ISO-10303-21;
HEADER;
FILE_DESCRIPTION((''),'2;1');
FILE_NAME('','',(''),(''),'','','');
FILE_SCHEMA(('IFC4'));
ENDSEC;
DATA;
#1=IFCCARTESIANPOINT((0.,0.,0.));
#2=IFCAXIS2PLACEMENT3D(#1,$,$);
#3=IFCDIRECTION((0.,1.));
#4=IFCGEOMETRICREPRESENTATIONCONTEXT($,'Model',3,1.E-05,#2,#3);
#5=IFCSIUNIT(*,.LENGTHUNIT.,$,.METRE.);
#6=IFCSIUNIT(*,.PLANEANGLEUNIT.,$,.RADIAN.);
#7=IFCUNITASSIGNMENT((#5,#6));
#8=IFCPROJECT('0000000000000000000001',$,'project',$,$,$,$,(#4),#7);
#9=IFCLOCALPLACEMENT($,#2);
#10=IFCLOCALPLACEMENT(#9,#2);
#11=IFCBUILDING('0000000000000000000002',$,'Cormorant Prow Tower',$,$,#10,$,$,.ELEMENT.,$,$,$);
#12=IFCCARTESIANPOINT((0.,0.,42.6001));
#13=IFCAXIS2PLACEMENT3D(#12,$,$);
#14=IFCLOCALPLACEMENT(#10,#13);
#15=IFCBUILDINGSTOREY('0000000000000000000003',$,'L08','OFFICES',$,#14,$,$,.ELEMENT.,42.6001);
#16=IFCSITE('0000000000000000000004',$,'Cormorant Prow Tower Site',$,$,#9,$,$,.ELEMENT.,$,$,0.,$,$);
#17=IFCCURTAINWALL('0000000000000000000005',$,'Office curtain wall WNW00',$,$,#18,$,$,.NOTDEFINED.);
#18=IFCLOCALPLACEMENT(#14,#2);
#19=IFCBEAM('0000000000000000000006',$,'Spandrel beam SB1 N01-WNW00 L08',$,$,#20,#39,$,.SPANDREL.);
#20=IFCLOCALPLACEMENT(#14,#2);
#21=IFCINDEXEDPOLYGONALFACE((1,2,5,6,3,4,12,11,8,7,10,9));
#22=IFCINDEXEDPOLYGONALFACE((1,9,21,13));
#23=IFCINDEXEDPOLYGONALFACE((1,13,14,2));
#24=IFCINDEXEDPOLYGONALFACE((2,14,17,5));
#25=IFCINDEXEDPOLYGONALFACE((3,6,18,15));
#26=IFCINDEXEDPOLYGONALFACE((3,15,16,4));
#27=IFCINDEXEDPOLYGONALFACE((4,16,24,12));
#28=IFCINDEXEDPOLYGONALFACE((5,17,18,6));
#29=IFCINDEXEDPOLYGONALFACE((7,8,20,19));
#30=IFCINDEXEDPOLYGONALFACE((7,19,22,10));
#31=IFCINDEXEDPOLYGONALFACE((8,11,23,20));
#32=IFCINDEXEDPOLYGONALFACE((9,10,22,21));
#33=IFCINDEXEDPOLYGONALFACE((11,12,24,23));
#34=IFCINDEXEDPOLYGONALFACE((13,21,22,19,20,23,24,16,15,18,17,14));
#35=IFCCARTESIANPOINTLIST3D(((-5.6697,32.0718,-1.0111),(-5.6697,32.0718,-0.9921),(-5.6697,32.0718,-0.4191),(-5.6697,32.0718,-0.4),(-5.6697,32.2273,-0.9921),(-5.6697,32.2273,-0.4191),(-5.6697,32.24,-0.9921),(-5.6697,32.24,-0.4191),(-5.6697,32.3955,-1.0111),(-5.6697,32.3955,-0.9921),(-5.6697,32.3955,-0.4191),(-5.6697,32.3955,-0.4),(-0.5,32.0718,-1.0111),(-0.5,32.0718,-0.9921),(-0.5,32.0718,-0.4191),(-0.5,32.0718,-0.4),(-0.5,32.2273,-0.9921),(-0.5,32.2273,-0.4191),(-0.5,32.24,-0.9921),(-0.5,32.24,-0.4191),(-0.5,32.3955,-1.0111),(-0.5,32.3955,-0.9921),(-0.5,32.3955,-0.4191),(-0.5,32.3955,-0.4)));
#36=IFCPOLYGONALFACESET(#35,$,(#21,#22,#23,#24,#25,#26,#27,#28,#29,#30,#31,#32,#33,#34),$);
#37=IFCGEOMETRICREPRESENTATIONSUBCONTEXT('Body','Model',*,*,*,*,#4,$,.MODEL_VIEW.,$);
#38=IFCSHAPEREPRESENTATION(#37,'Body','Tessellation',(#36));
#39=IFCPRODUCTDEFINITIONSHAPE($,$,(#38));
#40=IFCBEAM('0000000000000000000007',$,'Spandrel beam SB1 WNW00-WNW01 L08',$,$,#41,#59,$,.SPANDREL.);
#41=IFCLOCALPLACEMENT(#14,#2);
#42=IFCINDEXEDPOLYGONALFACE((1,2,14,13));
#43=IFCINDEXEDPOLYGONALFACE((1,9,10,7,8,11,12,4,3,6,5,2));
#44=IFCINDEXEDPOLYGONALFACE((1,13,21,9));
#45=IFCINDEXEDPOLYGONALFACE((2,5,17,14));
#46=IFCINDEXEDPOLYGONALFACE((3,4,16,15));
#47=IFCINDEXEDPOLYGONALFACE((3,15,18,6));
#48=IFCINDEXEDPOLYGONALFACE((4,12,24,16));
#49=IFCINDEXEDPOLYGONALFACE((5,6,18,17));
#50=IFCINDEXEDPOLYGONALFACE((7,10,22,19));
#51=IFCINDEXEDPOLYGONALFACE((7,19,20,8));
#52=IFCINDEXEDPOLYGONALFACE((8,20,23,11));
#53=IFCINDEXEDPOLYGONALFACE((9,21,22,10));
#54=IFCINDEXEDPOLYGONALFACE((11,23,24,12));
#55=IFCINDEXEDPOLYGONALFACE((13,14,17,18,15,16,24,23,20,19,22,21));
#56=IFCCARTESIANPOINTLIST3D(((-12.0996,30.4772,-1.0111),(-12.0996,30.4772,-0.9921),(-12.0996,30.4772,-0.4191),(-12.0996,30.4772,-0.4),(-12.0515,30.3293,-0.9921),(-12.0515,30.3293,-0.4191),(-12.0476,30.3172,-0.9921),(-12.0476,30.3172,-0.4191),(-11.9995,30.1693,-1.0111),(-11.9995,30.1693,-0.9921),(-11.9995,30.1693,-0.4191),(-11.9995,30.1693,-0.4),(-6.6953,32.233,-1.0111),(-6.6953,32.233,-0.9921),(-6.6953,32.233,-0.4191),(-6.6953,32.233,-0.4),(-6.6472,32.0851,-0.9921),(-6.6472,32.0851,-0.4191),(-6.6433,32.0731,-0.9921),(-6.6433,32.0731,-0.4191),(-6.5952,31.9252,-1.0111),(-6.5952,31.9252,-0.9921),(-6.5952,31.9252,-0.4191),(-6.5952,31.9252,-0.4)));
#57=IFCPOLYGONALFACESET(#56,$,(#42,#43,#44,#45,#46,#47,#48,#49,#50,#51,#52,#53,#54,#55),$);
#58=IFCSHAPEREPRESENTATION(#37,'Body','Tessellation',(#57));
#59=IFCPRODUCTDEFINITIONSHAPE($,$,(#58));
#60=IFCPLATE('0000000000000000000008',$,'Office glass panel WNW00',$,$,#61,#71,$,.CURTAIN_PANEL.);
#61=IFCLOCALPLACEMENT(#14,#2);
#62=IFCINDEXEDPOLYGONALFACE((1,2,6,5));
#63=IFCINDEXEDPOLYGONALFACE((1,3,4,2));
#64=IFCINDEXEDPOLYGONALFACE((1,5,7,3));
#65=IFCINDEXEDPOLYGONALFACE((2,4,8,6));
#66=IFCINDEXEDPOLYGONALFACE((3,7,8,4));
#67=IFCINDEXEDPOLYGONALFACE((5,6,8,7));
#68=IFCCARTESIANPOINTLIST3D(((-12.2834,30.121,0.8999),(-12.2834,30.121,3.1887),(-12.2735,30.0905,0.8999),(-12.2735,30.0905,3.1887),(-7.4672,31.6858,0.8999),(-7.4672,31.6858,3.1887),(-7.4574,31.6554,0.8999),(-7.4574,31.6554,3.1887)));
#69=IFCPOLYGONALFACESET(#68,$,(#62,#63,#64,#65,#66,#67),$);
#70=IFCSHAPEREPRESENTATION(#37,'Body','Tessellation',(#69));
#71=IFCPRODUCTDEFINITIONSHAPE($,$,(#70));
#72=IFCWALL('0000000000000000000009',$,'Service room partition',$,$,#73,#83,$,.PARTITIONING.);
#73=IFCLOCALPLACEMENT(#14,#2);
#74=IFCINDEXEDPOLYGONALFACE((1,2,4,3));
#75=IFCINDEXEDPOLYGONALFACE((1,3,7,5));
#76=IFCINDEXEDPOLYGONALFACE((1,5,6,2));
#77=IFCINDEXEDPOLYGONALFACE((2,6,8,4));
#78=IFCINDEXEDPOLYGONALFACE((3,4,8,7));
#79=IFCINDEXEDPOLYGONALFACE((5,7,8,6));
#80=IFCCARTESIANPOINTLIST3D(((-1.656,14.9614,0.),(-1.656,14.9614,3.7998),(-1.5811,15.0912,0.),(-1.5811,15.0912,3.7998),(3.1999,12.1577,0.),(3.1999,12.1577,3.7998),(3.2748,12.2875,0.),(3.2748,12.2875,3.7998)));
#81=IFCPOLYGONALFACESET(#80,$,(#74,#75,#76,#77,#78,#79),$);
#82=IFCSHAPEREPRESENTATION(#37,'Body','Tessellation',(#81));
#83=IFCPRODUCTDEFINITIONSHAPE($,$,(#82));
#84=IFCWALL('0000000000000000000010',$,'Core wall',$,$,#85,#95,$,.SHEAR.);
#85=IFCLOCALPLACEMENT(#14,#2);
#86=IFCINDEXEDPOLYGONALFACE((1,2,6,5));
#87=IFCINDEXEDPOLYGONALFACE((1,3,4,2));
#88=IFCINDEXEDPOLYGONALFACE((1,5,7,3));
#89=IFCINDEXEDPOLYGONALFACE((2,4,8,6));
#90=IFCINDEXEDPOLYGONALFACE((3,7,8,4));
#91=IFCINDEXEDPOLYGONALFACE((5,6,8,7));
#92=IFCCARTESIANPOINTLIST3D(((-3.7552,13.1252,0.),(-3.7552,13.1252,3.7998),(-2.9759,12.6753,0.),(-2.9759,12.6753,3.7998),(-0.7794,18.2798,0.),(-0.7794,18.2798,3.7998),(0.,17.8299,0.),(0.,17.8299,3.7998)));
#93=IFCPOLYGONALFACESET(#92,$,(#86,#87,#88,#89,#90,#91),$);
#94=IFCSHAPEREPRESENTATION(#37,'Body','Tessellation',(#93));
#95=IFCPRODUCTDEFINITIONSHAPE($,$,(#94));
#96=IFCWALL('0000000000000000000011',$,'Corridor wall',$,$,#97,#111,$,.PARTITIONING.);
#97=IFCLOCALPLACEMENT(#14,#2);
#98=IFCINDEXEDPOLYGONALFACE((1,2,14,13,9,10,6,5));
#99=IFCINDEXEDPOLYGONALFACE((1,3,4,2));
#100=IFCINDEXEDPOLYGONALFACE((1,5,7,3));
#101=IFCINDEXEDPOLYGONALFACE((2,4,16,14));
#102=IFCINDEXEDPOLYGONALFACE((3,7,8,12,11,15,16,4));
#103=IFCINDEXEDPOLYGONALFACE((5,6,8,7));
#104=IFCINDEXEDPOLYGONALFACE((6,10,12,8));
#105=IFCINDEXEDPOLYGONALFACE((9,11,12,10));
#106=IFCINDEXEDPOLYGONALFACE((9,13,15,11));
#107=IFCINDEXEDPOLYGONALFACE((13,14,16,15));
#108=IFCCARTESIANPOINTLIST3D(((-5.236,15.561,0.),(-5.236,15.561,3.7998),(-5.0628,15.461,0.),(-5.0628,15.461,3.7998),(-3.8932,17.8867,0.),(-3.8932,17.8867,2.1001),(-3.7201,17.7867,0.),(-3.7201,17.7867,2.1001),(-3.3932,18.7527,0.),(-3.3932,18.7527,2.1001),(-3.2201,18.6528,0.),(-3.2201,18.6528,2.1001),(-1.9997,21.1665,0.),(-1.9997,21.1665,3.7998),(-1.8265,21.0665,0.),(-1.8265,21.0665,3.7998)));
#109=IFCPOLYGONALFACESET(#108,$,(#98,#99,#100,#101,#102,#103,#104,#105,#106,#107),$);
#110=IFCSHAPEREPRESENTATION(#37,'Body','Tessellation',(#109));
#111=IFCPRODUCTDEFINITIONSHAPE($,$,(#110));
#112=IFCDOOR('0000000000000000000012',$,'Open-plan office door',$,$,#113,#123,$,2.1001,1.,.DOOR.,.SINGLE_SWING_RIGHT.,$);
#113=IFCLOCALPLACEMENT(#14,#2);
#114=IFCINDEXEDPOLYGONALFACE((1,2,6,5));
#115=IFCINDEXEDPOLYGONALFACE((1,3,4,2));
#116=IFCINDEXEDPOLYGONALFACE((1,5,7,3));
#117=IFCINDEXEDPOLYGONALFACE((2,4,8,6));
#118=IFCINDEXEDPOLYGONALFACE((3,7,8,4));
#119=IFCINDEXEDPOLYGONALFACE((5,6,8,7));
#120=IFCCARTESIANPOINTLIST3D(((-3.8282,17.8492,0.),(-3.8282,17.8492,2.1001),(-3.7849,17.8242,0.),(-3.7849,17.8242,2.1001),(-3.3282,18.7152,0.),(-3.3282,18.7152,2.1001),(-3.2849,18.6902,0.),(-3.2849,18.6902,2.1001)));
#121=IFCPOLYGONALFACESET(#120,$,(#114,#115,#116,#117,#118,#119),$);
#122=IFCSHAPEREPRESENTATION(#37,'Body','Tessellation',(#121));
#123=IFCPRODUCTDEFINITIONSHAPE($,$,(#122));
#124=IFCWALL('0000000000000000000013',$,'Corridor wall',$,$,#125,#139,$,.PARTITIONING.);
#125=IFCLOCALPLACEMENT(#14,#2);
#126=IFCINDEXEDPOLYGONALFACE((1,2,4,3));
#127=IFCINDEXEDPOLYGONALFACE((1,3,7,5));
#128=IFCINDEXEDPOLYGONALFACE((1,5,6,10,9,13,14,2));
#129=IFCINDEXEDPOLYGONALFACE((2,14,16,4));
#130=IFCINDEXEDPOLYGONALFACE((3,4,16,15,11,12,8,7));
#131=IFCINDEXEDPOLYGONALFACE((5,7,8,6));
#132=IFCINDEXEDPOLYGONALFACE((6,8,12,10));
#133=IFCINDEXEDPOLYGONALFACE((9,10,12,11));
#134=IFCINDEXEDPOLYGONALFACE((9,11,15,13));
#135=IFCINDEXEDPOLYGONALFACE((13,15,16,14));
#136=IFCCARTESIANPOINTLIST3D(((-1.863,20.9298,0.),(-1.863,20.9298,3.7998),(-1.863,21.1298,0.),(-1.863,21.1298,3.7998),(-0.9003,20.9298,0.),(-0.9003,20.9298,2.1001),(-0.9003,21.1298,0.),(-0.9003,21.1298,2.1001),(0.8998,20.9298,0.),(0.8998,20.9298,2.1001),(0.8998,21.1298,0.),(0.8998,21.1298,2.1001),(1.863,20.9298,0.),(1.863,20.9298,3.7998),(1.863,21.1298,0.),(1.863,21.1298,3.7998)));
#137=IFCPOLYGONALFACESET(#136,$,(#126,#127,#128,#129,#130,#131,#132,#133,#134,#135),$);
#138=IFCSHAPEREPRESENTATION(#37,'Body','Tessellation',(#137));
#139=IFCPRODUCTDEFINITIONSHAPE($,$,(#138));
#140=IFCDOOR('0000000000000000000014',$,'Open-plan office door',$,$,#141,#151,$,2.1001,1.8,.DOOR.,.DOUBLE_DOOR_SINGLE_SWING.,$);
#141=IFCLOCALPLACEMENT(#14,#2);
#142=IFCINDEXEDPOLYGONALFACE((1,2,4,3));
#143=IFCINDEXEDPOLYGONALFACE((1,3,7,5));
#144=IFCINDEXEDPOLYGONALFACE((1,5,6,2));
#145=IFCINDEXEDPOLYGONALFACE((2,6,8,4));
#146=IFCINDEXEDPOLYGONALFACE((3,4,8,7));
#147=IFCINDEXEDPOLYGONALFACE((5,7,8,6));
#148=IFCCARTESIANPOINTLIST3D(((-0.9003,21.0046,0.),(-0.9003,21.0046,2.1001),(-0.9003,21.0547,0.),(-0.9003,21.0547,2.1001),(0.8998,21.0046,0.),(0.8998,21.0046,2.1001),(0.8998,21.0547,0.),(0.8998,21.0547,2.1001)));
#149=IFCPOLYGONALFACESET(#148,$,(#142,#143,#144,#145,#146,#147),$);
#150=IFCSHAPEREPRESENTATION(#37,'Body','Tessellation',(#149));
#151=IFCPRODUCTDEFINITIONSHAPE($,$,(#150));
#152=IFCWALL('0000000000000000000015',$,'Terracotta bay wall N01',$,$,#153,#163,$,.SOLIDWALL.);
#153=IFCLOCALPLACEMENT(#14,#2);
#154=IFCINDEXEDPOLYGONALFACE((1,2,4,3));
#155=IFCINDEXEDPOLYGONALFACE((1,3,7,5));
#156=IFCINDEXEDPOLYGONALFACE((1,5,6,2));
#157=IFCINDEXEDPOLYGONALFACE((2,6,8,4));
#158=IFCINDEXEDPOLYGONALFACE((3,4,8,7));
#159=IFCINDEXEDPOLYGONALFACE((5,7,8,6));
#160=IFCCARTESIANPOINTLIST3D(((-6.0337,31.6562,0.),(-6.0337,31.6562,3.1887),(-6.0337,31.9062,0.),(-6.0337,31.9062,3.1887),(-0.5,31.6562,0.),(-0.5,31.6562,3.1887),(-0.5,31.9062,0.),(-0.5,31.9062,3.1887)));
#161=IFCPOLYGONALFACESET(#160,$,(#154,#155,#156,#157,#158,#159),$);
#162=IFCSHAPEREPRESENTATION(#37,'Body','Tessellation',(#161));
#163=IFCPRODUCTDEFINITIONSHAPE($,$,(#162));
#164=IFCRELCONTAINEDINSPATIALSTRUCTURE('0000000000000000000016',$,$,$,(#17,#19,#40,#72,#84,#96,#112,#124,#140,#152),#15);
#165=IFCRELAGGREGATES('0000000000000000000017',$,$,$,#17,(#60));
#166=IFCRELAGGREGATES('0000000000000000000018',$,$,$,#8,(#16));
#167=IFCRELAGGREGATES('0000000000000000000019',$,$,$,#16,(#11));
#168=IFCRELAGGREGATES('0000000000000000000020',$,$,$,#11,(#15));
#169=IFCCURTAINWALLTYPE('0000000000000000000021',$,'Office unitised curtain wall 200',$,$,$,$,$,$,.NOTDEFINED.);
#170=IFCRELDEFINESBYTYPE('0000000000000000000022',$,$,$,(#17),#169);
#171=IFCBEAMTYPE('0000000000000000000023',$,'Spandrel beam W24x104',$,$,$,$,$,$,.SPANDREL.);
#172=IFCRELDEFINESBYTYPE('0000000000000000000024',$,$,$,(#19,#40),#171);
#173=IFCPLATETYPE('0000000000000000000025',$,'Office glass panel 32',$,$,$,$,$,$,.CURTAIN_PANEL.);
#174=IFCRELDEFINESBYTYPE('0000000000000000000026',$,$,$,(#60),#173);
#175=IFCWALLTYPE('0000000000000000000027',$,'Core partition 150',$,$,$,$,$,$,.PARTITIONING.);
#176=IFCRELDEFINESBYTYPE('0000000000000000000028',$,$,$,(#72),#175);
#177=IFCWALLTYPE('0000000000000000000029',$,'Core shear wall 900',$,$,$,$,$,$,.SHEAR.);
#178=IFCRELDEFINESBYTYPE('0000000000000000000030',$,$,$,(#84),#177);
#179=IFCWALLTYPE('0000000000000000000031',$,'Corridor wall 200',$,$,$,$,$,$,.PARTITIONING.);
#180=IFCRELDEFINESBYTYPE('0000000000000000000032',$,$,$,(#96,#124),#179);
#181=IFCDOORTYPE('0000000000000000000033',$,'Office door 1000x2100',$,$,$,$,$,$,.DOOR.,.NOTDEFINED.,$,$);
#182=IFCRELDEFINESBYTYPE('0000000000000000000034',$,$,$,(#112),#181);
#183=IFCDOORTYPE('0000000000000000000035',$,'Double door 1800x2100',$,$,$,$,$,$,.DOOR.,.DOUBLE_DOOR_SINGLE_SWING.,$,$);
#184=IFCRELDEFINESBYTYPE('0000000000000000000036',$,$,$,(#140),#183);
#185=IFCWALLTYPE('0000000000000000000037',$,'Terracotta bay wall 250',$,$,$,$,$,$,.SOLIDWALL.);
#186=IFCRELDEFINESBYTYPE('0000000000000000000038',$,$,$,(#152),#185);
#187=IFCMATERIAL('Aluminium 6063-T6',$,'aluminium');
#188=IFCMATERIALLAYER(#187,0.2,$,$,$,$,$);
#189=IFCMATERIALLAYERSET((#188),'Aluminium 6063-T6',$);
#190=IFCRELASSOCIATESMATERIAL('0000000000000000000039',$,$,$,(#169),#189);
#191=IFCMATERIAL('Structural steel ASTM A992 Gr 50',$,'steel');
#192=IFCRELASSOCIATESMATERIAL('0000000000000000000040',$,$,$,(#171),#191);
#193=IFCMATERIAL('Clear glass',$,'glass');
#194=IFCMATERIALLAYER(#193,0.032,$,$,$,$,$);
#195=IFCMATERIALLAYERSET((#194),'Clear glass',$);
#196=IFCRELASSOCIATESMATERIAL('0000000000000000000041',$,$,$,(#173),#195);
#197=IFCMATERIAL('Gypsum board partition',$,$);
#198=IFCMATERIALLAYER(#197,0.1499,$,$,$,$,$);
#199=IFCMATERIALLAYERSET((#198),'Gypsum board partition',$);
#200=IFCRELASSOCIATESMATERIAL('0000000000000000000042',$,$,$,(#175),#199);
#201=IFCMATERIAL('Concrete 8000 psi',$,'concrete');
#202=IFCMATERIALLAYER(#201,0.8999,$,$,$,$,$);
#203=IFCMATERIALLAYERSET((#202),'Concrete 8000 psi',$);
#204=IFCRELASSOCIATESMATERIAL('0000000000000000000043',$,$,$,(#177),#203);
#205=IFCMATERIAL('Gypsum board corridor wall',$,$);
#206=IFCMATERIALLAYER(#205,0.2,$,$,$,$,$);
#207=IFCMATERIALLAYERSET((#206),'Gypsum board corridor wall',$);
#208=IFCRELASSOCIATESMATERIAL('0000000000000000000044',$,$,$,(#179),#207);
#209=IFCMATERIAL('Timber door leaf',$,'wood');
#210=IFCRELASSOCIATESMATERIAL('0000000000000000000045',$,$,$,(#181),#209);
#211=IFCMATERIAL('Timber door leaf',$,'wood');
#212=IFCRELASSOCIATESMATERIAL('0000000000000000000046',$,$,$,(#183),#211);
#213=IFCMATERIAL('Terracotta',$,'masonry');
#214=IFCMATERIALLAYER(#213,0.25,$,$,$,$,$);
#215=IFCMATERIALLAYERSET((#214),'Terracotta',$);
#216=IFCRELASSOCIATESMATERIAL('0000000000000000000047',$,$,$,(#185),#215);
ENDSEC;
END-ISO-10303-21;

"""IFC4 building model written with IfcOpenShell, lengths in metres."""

from ifc_helpers import new_model, si_unit, direction, frame, frame_2d, origin, origin_2d, place, context, subcontext, project, spatial, rectangle, i_section, extrude, material, layer, layer_set, material_profile, profile_set, type_object, element, fill, aggregate, save


model = new_model("IFC4")

# Units and contexts
model_context = context("Model", 3, precision=1e-05, world=origin(), true_north=direction((0.0, 1.0)))
body_context = subcontext(model_context, "Body", "Model", "MODEL_VIEW")
ifc_project = project(units=[si_unit("LENGTHUNIT", "METRE"), si_unit("PLANEANGLEUNIT", "RADIAN")], contexts=[model_context])

# Site, building, storey
site_placement = place(None, origin())
site = spatial("IfcSite", under=ifc_project, at=site_placement, Name="Cormorant Prow Tower Site", CompositionType="ELEMENT", RefElevation=0.0)
building_placement = place(site_placement, origin())
building = spatial("IfcBuilding", under=site, at=building_placement, Name="Cormorant Prow Tower", CompositionType="ELEMENT")
storey_placement = place(building_placement, frame((0.0, 0.0, 42.6001)))
storey = spatial("IfcBuildingStorey", under=building, at=storey_placement, Name="L08", Description="OFFICES", CompositionType="ELEMENT", Elevation=42.6001)

# Curtain wall
ifc_material_1 = material(Name="Aluminium 6063-T6", Category="aluminium")
ifc_layer_1 = layer(ifc_material_1, 0.2)
ifc_layer_set_1 = layer_set([ifc_layer_1], Name="Aluminium 6063-T6")
curtain_wall_type = type_object("IfcCurtainWallType", Name="Office unitised curtain wall 200", PredefinedType="NOTDEFINED", material=ifc_layer_set_1)
curtain_wall_placement = place(storey_placement, origin())
curtain_wall = element("IfcCurtainWall", 1, at=curtain_wall_placement, inside=storey, type_object=curtain_wall_type, Name="Office curtain wall WNW00", PredefinedType="NOTDEFINED")

# Beams
ifc_material_2 = material(Name="Structural steel ASTM A992 Gr 50", Category="steel")
ifc_material_profile_1 = material_profile(ifc_material_2, i_section(OverallWidth=0.3237, OverallDepth=0.6111, WebThickness=0.0127, FlangeThickness=0.019, at=origin_2d()), Name="W24x104")
ifc_profile_set_1 = profile_set([ifc_material_profile_1], Name="Structural steel ASTM A992 Gr 50")
beam_type_1 = type_object("IfcBeamType", Name="Spandrel beam W24x104", PredefinedType="SPANDREL", material=ifc_profile_set_1)
beam_1_placement = place(storey_placement, frame((-0.5, 32.2336, -0.7056), z_axis=(-1.0, 0.0, 0.0), x_axis=(0.0, -1.0, 0.0)))
element("IfcBeam", 2, at=beam_1_placement, inside=storey, type_object=beam_type_1, Name="Spandrel beam SB1 N01-WNW00 L08", PredefinedType="SPANDREL", context=body_context, shape_type="SweptSolid", body=[
    extrude(i_section(OverallWidth=0.3237, OverallDepth=0.6111, WebThickness=0.0127, FlangeThickness=0.019, at=origin_2d()), origin(), (0.0, 0.0, 1.0), 5.1697),
])
beam_2_placement = place(storey_placement, frame((-6.6453, 32.0791, -0.7056), z_axis=(-0.951062, -0.309001, 0.0), x_axis=(0.309001, -0.951062, 0.0)))
element("IfcBeam", 3, at=beam_2_placement, inside=storey, type_object=beam_type_1, Name="Spandrel beam SB1 WNW00-WNW01 L08", PredefinedType="SPANDREL", context=body_context, shape_type="SweptSolid", body=[
    extrude(i_section(OverallWidth=0.3237, OverallDepth=0.6111, WebThickness=0.0127, FlangeThickness=0.019, at=origin_2d()), origin(), (0.0, 0.0, 1.0), 5.6824),
])

# Plate
ifc_material_3 = material(Name="Clear glass", Category="glass")
ifc_layer_2 = layer(ifc_material_3, 0.032)
ifc_layer_set_2 = layer_set([ifc_layer_2], Name="Clear glass")
plate_type = type_object("IfcPlateType", Name="Office glass panel 32", PredefinedType="CURTAIN_PANEL", material=ifc_layer_set_2)
plate_placement = place(storey_placement, frame((-9.8704, 30.8882, 0.8999), z_axis=(0.0, 0.0, 1.0), x_axis=(-0.951057, -0.309017, 0.0)))
plate = element("IfcPlate", 4, at=plate_placement, type_object=plate_type, Name="Office glass panel WNW00", PredefinedType="CURTAIN_PANEL", context=body_context, shape_type="SweptSolid", body=[
    extrude(rectangle(XDim=5.064, YDim=0.032, at=origin_2d()), origin(), (0.0, 0.0, 1.0), 2.2888),
])
aggregate(curtain_wall, [plate])

# Walls
ifc_material_4 = material(Name="Gypsum board partition")
ifc_layer_3 = layer(ifc_material_4, 0.1499)
ifc_layer_set_3 = layer_set([ifc_layer_3], Name="Gypsum board partition")
wall_type_1 = type_object("IfcWallType", Name="Core partition 150", PredefinedType="PARTITIONING", material=ifc_layer_set_3)
wall_1_placement = place(storey_placement, frame((-1.6187, 15.0264, 0.0), z_axis=(0.0, 0.0, 1.0), x_axis=(0.866016, -0.500016, 0.0)))
element("IfcWall", 5, at=wall_1_placement, inside=storey, type_object=wall_type_1, Name="Service room partition", PredefinedType="PARTITIONING", context=body_context, shape_type="SweptSolid", body=[
    extrude(rectangle(XDim=5.6072, YDim=0.1499, at=frame_2d((2.8037, 0.0))), origin(), (0.0, 0.0, 1.0), 3.7998),
])
ifc_material_5 = material(Name="Concrete 8000 psi", Category="concrete")
ifc_layer_4 = layer(ifc_material_5, 0.8999)
ifc_layer_set_4 = layer_set([ifc_layer_4], Name="Concrete 8000 psi")
wall_type_2 = type_object("IfcWallType", Name="Core shear wall 900", PredefinedType="SHEAR", material=ifc_layer_set_4)
wall_2_placement = place(storey_placement, frame((-0.3896, 18.0549, 0.0), z_axis=(0.0, 0.0, 1.0), x_axis=(-0.499982, -0.866036, 0.0)))
element("IfcWall", 6, at=wall_2_placement, inside=storey, type_object=wall_type_2, Name="Core wall", PredefinedType="SHEAR", context=body_context, shape_type="SweptSolid", body=[
    extrude(rectangle(XDim=5.9519, YDim=0.8999, at=frame_2d((2.9761, 0.0))), origin(), (0.0, 0.0, 1.0), 3.7998),
])

# Walls, openings, doors
ifc_material_6 = material(Name="Gypsum board corridor wall")
ifc_layer_5 = layer(ifc_material_6, 0.2)
ifc_layer_set_5 = layer_set([ifc_layer_5], Name="Gypsum board corridor wall")
wall_type_3 = type_object("IfcWallType", Name="Corridor wall 200", PredefinedType="PARTITIONING", material=ifc_layer_set_5)
wall_3_placement = place(storey_placement, frame((-5.1494, 15.511, 0.0), z_axis=(0.0, 0.0, 1.0), x_axis=(0.500001, 0.866025, 0.0)))
wall_3 = element("IfcWall", 7, at=wall_3_placement, inside=storey, type_object=wall_type_3, Name="Corridor wall", PredefinedType="PARTITIONING", context=body_context, shape_type="SweptSolid", body=[
    extrude(rectangle(XDim=6.4727, YDim=0.2, at=frame_2d((3.2363, 0.0))), origin(), (0.0, 0.0, 1.0), 3.7998),
])
opening_1_placement = place(wall_3_placement, frame((2.6855, 0.0, 0.0)))
opening_1 = element("IfcOpeningElement", 8, at=opening_1_placement, cuts=wall_3, PredefinedType="OPENING", context=body_context, shape_type="SweptSolid", body=[
    extrude(rectangle(XDim=1.0, YDim=2.1001, at=frame_2d((0.5, 1.05))), frame((0.0, 0.1099, 0.0), z_axis=(0.0, -1.0, 0.0), x_axis=(1.0, 0.0, 0.0)), (0.0, 0.0, 1.0), 0.22),
])
ifc_material_7 = material(Name="Timber door leaf", Category="wood")
door_type_1 = type_object("IfcDoorType", Name="Office door 1000x2100", OperationType="NOTDEFINED", PredefinedType="DOOR", material=ifc_material_7)
door_1_placement = place(opening_1_placement, origin())
door_1 = element("IfcDoor", 9, at=door_1_placement, inside=storey, type_object=door_type_1, Name="Open-plan office door", OperationType="SINGLE_SWING_RIGHT", OverallHeight=2.1001, OverallWidth=1.0, PredefinedType="DOOR", context=body_context, shape_type="SweptSolid", body=[
    extrude(rectangle(XDim=1.0, YDim=2.1001, at=frame_2d((0.5, 1.05))), frame((0.0, 0.0249, 0.0), z_axis=(0.0, -1.0, 0.0), x_axis=(1.0, 0.0, 0.0)), (0.0, 0.0, 1.0), 0.05),
])
fill(opening_1, door_1)
wall_4_placement = place(storey_placement, frame((-1.863, 21.0298, 0.0), z_axis=(0.0, 0.0, 1.0), x_axis=(1.0, 0.0, 0.0)))
wall_4 = element("IfcWall", 10, at=wall_4_placement, inside=storey, type_object=wall_type_3, Name="Corridor wall", PredefinedType="PARTITIONING", context=body_context, shape_type="SweptSolid", body=[
    extrude(rectangle(XDim=3.7261, YDim=0.2, at=frame_2d((1.863, 0.0))), origin(), (0.0, 0.0, 1.0), 3.7998),
])
opening_2_placement = place(wall_4_placement, frame((0.9629, 0.0, 0.0)))
opening_2 = element("IfcOpeningElement", 11, at=opening_2_placement, cuts=wall_4, PredefinedType="OPENING", context=body_context, shape_type="SweptSolid", body=[
    extrude(rectangle(XDim=1.8, YDim=2.1001, at=frame_2d((0.8999, 1.05))), frame((0.0, 0.1099, 0.0), z_axis=(0.0, -1.0, 0.0), x_axis=(1.0, 0.0, 0.0)), (0.0, 0.0, 1.0), 0.22),
])
ifc_material_8 = material(Name="Timber door leaf", Category="wood")
door_type_2 = type_object("IfcDoorType", Name="Double door 1800x2100", OperationType="DOUBLE_DOOR_SINGLE_SWING", PredefinedType="DOOR", material=ifc_material_8)
door_2_placement = place(opening_2_placement, origin())
door_2 = element("IfcDoor", 12, at=door_2_placement, inside=storey, type_object=door_type_2, Name="Open-plan office door", OperationType="DOUBLE_DOOR_SINGLE_SWING", OverallHeight=2.1001, OverallWidth=1.8, PredefinedType="DOOR", context=body_context, shape_type="SweptSolid", body=[
    extrude(rectangle(XDim=1.8, YDim=2.1001, at=frame_2d((0.8999, 1.05))), frame((0.0, 0.0249, 0.0), z_axis=(0.0, -1.0, 0.0), x_axis=(1.0, 0.0, 0.0)), (0.0, 0.0, 1.0), 0.05),
])
fill(opening_2, door_2)

# Wall
ifc_material_9 = material(Name="Terracotta", Category="masonry")
ifc_layer_6 = layer(ifc_material_9, 0.25)
ifc_layer_set_6 = layer_set([ifc_layer_6], Name="Terracotta")
wall_type_4 = type_object("IfcWallType", Name="Terracotta bay wall 250", PredefinedType="SOLIDWALL", material=ifc_layer_set_6)
wall_5_placement = place(storey_placement, frame((-0.5, 31.7812, 0.0), z_axis=(0.0, 0.0, 1.0), x_axis=(-1.0, 0.0, 0.0)))
element("IfcWall", 13, at=wall_5_placement, inside=storey, type_object=wall_type_4, Name="Terracotta bay wall N01", PredefinedType="SOLIDWALL", context=body_context, shape_type="SweptSolid", body=[
    extrude(rectangle(XDim=5.5337, YDim=0.25, at=frame_2d((2.7668, 0.0))), origin(), (0.0, 0.0, 1.0), 3.1887),
])

save(model, "model.ifc")
